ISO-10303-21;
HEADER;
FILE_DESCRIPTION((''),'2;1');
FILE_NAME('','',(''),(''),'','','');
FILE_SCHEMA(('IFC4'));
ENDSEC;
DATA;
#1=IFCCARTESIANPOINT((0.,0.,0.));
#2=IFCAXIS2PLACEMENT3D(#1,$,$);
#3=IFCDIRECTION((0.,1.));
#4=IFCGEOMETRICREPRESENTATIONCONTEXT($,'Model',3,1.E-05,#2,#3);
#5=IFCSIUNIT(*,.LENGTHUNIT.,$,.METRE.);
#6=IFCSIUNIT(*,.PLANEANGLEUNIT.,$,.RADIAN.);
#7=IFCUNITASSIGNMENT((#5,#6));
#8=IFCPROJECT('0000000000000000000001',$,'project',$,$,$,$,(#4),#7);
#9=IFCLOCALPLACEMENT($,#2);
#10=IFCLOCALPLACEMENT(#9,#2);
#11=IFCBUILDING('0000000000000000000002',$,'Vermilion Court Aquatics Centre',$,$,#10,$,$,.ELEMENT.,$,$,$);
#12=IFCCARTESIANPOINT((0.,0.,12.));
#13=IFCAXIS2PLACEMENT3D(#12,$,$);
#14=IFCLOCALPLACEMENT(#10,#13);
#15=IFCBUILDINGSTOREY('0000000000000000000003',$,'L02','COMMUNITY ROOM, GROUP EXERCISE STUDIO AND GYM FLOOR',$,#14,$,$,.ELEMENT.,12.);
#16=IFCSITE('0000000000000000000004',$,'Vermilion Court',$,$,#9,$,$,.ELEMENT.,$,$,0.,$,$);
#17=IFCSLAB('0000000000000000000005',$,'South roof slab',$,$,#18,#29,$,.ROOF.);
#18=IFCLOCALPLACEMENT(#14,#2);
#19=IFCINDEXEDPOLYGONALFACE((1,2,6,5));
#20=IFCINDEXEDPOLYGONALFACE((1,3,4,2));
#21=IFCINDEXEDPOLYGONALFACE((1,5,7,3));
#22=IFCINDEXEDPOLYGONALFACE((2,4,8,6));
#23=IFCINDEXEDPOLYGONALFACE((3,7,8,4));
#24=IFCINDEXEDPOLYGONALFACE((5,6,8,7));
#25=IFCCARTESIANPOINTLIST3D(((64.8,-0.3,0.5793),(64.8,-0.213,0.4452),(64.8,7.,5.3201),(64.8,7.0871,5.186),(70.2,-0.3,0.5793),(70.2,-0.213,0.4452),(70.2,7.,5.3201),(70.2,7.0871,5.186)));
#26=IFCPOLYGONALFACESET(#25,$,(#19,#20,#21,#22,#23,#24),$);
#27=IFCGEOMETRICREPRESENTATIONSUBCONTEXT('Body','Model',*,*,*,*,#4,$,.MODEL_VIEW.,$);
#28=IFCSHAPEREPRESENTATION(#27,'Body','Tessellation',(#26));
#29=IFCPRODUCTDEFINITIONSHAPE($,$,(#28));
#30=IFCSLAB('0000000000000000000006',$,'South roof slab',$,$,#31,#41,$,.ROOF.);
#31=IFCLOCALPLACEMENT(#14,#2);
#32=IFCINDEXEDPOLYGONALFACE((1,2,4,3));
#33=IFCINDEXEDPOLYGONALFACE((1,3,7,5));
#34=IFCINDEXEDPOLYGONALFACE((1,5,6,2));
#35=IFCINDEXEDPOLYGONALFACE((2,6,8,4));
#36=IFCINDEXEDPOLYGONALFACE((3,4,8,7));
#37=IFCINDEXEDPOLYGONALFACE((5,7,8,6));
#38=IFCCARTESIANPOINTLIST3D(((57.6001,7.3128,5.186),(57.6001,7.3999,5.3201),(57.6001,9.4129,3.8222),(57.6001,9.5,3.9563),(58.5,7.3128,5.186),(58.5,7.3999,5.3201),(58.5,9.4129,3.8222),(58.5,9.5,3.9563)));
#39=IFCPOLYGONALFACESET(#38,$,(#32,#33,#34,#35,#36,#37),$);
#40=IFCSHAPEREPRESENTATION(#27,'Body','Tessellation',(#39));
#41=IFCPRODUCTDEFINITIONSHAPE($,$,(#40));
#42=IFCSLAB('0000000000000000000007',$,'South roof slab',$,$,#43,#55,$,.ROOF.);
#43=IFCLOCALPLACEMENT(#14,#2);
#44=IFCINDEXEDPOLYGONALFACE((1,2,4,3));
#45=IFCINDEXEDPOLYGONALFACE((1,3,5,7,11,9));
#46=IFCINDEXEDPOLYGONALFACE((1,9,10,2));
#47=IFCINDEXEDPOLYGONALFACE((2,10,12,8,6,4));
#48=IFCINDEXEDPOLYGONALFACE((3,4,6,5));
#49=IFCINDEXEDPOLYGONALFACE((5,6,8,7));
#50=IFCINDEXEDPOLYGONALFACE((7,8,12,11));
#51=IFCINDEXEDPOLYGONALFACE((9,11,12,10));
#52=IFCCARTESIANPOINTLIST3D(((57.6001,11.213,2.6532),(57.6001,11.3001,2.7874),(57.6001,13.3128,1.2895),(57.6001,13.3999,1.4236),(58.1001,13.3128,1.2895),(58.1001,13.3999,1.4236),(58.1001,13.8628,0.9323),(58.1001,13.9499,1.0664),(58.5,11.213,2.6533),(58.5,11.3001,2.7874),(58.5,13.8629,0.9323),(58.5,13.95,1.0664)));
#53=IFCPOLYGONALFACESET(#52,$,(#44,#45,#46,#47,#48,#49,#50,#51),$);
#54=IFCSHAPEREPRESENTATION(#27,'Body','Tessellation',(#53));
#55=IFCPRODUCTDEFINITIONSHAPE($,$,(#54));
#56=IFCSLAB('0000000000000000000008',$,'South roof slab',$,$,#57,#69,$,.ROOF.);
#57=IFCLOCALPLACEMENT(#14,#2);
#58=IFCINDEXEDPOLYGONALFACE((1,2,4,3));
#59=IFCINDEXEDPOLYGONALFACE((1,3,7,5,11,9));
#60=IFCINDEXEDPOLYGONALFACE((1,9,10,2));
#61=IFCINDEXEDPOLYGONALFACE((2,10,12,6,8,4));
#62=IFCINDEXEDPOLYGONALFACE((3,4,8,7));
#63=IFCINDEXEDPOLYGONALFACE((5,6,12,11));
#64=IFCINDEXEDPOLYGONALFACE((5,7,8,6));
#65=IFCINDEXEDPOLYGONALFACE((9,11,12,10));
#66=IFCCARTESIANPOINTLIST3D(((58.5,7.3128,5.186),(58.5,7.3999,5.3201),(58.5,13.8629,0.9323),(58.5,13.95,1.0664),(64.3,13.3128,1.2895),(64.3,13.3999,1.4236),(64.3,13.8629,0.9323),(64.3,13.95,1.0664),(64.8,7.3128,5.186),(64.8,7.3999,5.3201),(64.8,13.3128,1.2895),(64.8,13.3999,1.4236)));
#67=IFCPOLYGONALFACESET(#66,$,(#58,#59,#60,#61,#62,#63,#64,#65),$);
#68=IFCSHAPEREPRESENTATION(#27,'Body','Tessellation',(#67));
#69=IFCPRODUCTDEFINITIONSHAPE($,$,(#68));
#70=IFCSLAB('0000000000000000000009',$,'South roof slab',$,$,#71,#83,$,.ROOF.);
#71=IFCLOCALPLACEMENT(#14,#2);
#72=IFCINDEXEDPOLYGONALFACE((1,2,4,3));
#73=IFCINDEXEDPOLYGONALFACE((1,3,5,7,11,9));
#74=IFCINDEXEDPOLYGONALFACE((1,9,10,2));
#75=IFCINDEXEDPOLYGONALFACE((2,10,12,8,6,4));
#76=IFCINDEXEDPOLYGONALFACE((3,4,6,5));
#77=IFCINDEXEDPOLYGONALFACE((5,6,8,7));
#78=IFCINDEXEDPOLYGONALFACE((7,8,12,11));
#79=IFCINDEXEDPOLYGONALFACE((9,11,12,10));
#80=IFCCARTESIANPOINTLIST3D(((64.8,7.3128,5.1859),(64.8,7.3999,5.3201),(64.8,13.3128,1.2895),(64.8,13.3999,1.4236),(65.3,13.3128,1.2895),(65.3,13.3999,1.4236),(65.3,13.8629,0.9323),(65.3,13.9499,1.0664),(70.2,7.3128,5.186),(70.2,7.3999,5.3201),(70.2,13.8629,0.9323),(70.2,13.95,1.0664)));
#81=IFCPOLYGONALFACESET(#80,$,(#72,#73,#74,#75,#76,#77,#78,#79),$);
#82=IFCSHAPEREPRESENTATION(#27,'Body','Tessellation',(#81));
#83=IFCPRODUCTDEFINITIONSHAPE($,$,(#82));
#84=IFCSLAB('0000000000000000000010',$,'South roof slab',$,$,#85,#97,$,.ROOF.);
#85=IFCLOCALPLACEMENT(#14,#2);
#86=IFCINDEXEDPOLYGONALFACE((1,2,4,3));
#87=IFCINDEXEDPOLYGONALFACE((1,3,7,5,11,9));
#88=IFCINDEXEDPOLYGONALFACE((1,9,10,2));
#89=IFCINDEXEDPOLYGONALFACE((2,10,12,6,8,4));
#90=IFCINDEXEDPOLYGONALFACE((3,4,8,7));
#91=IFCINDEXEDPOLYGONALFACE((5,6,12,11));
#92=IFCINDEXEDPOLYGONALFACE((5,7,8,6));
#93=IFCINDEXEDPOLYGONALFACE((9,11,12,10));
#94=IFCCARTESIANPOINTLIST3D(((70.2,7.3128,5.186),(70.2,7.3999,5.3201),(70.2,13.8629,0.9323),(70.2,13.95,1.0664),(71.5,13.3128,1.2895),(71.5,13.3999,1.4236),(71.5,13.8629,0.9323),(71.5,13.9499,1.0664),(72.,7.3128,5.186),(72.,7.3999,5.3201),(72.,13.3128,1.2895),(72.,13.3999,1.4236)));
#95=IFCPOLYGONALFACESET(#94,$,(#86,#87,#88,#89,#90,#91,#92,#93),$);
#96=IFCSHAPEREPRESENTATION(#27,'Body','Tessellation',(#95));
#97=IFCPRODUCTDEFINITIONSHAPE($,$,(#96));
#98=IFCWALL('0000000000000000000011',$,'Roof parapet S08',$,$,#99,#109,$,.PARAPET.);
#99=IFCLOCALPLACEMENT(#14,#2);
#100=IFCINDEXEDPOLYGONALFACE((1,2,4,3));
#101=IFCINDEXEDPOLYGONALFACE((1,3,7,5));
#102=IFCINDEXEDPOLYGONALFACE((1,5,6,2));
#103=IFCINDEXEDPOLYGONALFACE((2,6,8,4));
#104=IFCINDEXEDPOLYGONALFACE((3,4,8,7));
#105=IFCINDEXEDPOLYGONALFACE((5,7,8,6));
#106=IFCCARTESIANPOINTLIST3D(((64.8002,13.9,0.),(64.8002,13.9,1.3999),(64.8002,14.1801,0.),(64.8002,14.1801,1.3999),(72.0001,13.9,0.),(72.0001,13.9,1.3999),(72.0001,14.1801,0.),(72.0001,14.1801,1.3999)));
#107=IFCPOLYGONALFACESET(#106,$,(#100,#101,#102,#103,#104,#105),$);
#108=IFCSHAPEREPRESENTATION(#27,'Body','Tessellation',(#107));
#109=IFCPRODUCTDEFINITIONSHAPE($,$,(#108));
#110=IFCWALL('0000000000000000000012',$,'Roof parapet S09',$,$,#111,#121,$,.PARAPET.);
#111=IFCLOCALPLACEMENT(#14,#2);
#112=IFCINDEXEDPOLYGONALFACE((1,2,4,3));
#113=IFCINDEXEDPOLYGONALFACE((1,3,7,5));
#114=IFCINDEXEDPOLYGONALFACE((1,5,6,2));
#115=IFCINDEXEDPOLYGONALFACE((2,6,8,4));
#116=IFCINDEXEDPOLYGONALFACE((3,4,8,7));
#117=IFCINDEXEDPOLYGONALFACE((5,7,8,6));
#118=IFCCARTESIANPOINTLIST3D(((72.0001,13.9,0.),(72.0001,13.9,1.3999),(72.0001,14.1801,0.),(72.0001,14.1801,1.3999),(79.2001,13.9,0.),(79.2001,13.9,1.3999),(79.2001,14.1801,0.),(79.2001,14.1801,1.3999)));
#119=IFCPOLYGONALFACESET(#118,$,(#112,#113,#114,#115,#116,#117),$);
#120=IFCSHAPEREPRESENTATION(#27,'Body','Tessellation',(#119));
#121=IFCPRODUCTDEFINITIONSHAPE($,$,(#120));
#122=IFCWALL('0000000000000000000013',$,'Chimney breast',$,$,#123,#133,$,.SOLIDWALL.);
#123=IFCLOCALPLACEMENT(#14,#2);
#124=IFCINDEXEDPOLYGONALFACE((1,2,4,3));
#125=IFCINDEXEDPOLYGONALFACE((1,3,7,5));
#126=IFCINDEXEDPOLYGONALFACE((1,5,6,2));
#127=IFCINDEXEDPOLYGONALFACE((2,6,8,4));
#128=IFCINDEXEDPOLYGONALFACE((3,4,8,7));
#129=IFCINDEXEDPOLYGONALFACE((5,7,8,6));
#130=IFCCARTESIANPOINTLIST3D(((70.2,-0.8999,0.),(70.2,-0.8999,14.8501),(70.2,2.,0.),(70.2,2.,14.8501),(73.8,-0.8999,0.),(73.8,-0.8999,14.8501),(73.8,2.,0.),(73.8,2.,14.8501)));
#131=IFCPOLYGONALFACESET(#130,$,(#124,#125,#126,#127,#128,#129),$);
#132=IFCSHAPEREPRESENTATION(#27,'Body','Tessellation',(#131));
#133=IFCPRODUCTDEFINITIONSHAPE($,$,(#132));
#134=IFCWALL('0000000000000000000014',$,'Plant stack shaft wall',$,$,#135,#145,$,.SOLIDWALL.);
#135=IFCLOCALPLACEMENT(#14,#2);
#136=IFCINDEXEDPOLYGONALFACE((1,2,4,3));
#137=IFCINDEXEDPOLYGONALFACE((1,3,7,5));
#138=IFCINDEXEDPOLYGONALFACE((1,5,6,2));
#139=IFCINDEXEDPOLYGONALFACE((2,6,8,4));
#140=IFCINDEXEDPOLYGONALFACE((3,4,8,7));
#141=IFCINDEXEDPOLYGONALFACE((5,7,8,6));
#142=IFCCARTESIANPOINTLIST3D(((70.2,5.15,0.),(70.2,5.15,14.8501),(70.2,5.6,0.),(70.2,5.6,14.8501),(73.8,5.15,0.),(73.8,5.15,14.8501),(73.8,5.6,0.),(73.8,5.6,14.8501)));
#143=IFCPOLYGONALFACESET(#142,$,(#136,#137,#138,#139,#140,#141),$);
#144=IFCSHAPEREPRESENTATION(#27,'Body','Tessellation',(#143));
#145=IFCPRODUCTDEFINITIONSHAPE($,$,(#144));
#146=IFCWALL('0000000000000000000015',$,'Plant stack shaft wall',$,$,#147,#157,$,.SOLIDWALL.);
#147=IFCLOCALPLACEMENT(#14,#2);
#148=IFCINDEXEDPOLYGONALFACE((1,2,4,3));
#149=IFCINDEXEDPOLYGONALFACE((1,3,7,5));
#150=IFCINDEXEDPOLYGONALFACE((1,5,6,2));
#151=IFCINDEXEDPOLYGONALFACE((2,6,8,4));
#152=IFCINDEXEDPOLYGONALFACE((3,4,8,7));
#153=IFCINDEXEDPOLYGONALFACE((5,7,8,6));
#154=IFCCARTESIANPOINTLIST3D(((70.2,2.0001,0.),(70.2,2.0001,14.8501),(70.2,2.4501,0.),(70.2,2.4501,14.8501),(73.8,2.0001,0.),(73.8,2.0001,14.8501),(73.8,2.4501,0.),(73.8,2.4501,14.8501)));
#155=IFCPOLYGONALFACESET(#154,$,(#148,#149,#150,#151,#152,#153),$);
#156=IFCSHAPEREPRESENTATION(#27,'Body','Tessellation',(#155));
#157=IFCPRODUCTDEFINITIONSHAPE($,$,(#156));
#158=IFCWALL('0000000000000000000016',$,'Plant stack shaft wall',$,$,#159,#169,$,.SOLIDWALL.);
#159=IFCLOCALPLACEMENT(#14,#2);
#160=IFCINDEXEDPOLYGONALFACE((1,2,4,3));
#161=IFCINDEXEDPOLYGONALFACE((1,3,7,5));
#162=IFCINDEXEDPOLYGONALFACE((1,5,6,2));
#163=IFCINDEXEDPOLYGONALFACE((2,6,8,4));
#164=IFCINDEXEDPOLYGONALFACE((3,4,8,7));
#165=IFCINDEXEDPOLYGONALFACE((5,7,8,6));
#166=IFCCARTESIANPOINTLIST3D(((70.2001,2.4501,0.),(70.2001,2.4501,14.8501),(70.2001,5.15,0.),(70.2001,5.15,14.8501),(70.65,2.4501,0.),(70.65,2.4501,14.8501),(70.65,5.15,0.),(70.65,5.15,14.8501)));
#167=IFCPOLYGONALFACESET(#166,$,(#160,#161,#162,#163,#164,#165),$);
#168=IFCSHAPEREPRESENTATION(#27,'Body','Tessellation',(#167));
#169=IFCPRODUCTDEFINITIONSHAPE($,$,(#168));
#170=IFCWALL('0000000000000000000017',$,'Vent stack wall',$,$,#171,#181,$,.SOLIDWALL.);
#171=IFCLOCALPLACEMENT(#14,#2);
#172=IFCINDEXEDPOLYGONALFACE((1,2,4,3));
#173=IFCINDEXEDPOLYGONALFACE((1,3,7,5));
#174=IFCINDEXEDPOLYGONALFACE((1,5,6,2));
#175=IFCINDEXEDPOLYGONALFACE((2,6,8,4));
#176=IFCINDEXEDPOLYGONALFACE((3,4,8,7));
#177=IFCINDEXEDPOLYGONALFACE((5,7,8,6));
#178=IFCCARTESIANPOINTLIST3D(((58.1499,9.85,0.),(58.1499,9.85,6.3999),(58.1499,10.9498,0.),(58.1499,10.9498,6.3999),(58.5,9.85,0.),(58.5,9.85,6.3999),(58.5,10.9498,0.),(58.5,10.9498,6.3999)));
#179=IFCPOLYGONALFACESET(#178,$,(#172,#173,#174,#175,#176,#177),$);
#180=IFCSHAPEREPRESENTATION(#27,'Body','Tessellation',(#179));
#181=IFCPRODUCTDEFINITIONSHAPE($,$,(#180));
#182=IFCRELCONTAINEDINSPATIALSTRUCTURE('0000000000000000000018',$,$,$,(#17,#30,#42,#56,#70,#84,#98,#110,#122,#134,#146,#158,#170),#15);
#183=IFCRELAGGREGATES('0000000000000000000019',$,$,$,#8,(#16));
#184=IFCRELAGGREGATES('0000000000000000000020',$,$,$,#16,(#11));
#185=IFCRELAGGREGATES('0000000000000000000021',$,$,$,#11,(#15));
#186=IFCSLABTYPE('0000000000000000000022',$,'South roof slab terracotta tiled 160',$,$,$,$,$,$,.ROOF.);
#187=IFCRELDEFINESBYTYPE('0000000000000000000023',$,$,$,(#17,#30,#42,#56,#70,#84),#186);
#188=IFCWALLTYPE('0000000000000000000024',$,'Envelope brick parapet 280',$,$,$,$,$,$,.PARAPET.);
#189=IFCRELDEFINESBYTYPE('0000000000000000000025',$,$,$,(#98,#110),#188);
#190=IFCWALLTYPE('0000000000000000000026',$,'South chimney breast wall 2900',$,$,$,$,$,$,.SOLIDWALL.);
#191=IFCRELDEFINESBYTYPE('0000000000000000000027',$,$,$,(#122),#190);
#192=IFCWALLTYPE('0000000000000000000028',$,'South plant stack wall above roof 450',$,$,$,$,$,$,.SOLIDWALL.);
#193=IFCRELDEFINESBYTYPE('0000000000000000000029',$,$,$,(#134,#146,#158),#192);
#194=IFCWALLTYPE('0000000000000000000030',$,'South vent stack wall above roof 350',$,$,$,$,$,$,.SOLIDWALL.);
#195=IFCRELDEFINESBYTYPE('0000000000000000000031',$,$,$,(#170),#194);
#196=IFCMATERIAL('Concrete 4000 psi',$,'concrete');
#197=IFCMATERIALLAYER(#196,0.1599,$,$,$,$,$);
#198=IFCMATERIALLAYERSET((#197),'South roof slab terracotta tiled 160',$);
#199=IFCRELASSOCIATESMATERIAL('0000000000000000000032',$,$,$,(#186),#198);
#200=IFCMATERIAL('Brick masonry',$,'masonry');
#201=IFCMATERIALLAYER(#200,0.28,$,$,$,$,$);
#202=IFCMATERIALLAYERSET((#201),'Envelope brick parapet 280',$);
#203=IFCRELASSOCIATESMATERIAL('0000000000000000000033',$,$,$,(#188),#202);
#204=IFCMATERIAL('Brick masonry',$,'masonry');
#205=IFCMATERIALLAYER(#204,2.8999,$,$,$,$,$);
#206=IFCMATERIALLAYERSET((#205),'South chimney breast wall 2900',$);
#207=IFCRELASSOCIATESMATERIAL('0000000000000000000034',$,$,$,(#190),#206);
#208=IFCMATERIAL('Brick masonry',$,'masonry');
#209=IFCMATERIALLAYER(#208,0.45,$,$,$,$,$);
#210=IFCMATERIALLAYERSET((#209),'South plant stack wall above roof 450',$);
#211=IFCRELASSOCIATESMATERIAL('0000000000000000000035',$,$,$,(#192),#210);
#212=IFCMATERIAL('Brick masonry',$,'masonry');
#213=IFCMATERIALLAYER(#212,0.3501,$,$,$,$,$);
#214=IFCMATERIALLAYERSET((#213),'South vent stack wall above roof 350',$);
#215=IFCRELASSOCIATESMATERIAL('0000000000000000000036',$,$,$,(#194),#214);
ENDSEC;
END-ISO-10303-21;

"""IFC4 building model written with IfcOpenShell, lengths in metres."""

from ifc_helpers import new_model, si_unit, direction, frame, frame_2d, origin, place, context, subcontext, project, spatial, polyline, rectangle, outline, extrude, material, layer, layer_set, type_object, element, save


model = new_model("IFC4")

# Units and contexts
model_context = context("Model", 3, precision=1e-05, world=origin(), true_north=direction((0.0, 1.0)))
body_context = subcontext(model_context, "Body", "Model", "MODEL_VIEW")
ifc_project = project(units=[si_unit("LENGTHUNIT", "METRE"), si_unit("PLANEANGLEUNIT", "RADIAN")], contexts=[model_context])

# Site, building, storey
site_placement = place(None, origin())
site = spatial("IfcSite", under=ifc_project, at=site_placement, Name="Vermilion Court", CompositionType="ELEMENT", RefElevation=0.0)
building_placement = place(site_placement, origin())
building = spatial("IfcBuilding", under=site, at=building_placement, Name="Vermilion Court Aquatics Centre", CompositionType="ELEMENT")
storey_placement = place(building_placement, frame((0.0, 0.0, 12.0)))
storey = spatial("IfcBuildingStorey", under=building, at=storey_placement, Name="L02", Description="COMMUNITY ROOM, GROUP EXERCISE STUDIO AND GYM FLOOR", CompositionType="ELEMENT", Elevation=12.0)

# Slabs
ifc_material_1 = material(Name="Concrete 4000 psi", Category="concrete")
ifc_layer_1 = layer(ifc_material_1, 0.1599)
ifc_layer_set_1 = layer_set([ifc_layer_1], Name="South roof slab terracotta tiled 160")
slab_type_1 = type_object("IfcSlabType", Name="South roof slab terracotta tiled 160", PredefinedType="ROOF", material=ifc_layer_set_1)
slab_1_placement = place(storey_placement, frame((70.2, -0.3, 0.5793), z_axis=(0.0, -0.54464, 0.83867), x_axis=(-1.0, 0.0, 0.0)))
element("IfcSlab", 1, at=slab_1_placement, inside=storey, type_object=slab_type_1, Name="South roof slab", PredefinedType="ROOF", context=body_context, shape_type="SweptSolid", body=[
    extrude(outline(polyline([(0.0, 0.0), (5.3999, 0.0), (5.3999, -8.7043), (0.0, -8.7043), (0.0, 0.0)])), origin(), (0.0, 0.0, -1.0), 0.1599),
])
slab_2_placement = place(storey_placement, frame((58.5, 7.3999, 5.3201), z_axis=(0.0, 0.544625, 0.83868), x_axis=(-1.0, 0.0, 0.0)))
element("IfcSlab", 2, at=slab_2_placement, inside=storey, type_object=slab_type_1, Name="South roof slab", PredefinedType="ROOF", context=body_context, shape_type="SweptSolid", body=[
    extrude(outline(polyline([(0.0, 0.0), (0.8999, 0.0), (0.8999, -2.5041), (0.0, -2.5041), (0.0, 0.0)])), origin(), (0.0, 0.0, -1.0), 0.1599),
])
slab_3_placement = place(storey_placement, frame((58.5, 13.95, 1.0664), z_axis=(-0.000024, 0.544663, 0.838655), x_axis=(0.0, -0.838655, 0.544663)))
element("IfcSlab", 3, at=slab_3_placement, inside=storey, type_object=slab_type_1, Name="South roof slab", PredefinedType="ROOF", context=body_context, shape_type="SweptSolid", body=[
    extrude(outline(polyline([(0.0, 0.0), (3.1597, 0.0), (3.1597, -0.8999), (0.6558, -0.8999), (0.6558, -0.3999), (0.0, -0.3999), (0.0, 0.0)])), origin(), (0.0, 0.0, -1.0), 0.1599),
])
slab_4_placement = place(storey_placement, frame((64.8, 7.3999, 5.3201), z_axis=(0.000002, 0.54464, 0.83867), x_axis=(-1.0, 0.000001, 0.000002)))
element("IfcSlab", 4, at=slab_4_placement, inside=storey, type_object=slab_type_1, Name="South roof slab", PredefinedType="ROOF", context=body_context, shape_type="SweptSolid", body=[
    extrude(outline(polyline([(0.0, 0.0), (6.3, 0.0), (6.3, -7.81), (0.5, -7.81), (0.5, -7.1542), (0.0, -7.1542), (0.0, 0.0)])), origin(), (0.0, 0.0, -1.0), 0.1599),
])
slab_5_placement = place(storey_placement, frame((70.2, 13.95, 1.0664), z_axis=(-0.000002, 0.54464, 0.83867), x_axis=(0.0, -0.83867, 0.54464)))
element("IfcSlab", 5, at=slab_5_placement, inside=storey, type_object=slab_type_1, Name="South roof slab", PredefinedType="ROOF", context=body_context, shape_type="SweptSolid", body=[
    extrude(outline(polyline([(0.0, 0.0), (7.81, 0.0), (7.81, -5.3999), (0.6558, -5.3999), (0.6558, -4.8999), (0.0, -4.8999), (0.0, 0.0)])), origin(), (0.0, 0.0, -1.0), 0.1599),
])
slab_6_placement = place(storey_placement, frame((72.0, 7.3999, 5.3201), z_axis=(0.000007, 0.544641, 0.838669), x_axis=(-1.0, 0.000004, 0.000006)))
element("IfcSlab", 6, at=slab_6_placement, inside=storey, type_object=slab_type_1, Name="South roof slab", PredefinedType="ROOF", context=body_context, shape_type="SweptSolid", body=[
    extrude(outline(polyline([(0.0, 0.0), (1.8, 0.0), (1.8, -7.81), (0.5, -7.81), (0.5, -7.1542), (0.0, -7.1542), (0.0, 0.0)])), origin(), (0.0, 0.0, -1.0), 0.1599),
])

# Walls
ifc_material_2 = material(Name="Brick masonry", Category="masonry")
ifc_layer_2 = layer(ifc_material_2, 0.28)
ifc_layer_set_2 = layer_set([ifc_layer_2], Name="Envelope brick parapet 280")
wall_type_1 = type_object("IfcWallType", Name="Envelope brick parapet 280", PredefinedType="PARAPET", material=ifc_layer_set_2)
for number, where, z_axis, x_axis, name in (
    (7, (64.8, 14.04, 0.0), (0.0, 0.0, 1.0), (1.0, 0.0, 0.0), "Roof parapet S08"),
    (8, (72.0, 14.04, 0.0), (0.0, 0.0, 1.0), (1.0, 0.0, 0.0), "Roof parapet S09"),
):
    element("IfcWall", number, at=place(storey_placement, frame(where, z_axis=z_axis, x_axis=x_axis)), inside=storey, type_object=wall_type_1, Name=name, PredefinedType="PARAPET", context=body_context, shape_type="SweptSolid", body=[
        extrude(rectangle(XDim=7.2, YDim=0.28, at=frame_2d((3.6001, 0.0))), origin(), (0.0, 0.0, 1.0), 1.3999),
    ])
ifc_material_3 = material(Name="Brick masonry", Category="masonry")
ifc_layer_3 = layer(ifc_material_3, 2.8999)
ifc_layer_set_3 = layer_set([ifc_layer_3], Name="South chimney breast wall 2900")
wall_type_2 = type_object("IfcWallType", Name="South chimney breast wall 2900", PredefinedType="SOLIDWALL", material=ifc_layer_set_3)
wall_1_placement = place(storey_placement, frame((70.2, 0.55, 0.0), z_axis=(0.0, 0.0, 1.0), x_axis=(1.0, 0.0, 0.0)))
element("IfcWall", 9, at=wall_1_placement, inside=storey, type_object=wall_type_2, Name="Chimney breast", PredefinedType="SOLIDWALL", context=body_context, shape_type="SweptSolid", body=[
    extrude(rectangle(XDim=3.6001, YDim=2.8999, at=frame_2d((1.8, 0.0))), origin(), (0.0, 0.0, 1.0), 14.8501),
])
ifc_material_4 = material(Name="Brick masonry", Category="masonry")
ifc_layer_4 = layer(ifc_material_4, 0.45)
ifc_layer_set_4 = layer_set([ifc_layer_4], Name="South plant stack wall above roof 450")
wall_type_3 = type_object("IfcWallType", Name="South plant stack wall above roof 450", PredefinedType="SOLIDWALL", material=ifc_layer_set_4)
for number, where, z_axis, x_axis, name in (
    (10, (70.2, 5.375, 0.0), (0.0, 0.0, 1.0), (1.0, 0.0, 0.0), "Plant stack shaft wall"),
    (11, (70.2, 2.2251, 0.0), (0.0, 0.0, 1.0), (1.0, 0.0, 0.0), "Plant stack shaft wall"),
):
    element("IfcWall", number, at=place(storey_placement, frame(where, z_axis=z_axis, x_axis=x_axis)), inside=storey, type_object=wall_type_3, Name=name, PredefinedType="SOLIDWALL", context=body_context, shape_type="SweptSolid", body=[
        extrude(rectangle(XDim=3.6001, YDim=0.45, at=frame_2d((1.8, 0.0))), origin(), (0.0, 0.0, 1.0), 14.8501),
    ])
wall_2_placement = place(storey_placement, frame((70.425, 2.45, 0.0), z_axis=(0.0, 0.0, 1.0), x_axis=(0.0, 1.0, 0.0)))
element("IfcWall", 12, at=wall_2_placement, inside=storey, type_object=wall_type_3, Name="Plant stack shaft wall", PredefinedType="SOLIDWALL", context=body_context, shape_type="SweptSolid", body=[
    extrude(rectangle(XDim=2.7, YDim=0.45, at=frame_2d((1.3501, 0.0))), origin(), (0.0, 0.0, 1.0), 14.8501),
])
ifc_material_5 = material(Name="Brick masonry", Category="masonry")
ifc_layer_5 = layer(ifc_material_5, 0.3501)
ifc_layer_set_5 = layer_set([ifc_layer_5], Name="South vent stack wall above roof 350")
wall_type_4 = type_object("IfcWallType", Name="South vent stack wall above roof 350", PredefinedType="SOLIDWALL", material=ifc_layer_set_5)
wall_3_placement = place(storey_placement, frame((58.325, 9.8501, 0.0), z_axis=(0.0, 0.0, 1.0), x_axis=(0.0, 1.0, 0.0)))
element("IfcWall", 13, at=wall_3_placement, inside=storey, type_object=wall_type_4, Name="Vent stack wall", PredefinedType="SOLIDWALL", context=body_context, shape_type="SweptSolid", body=[
    extrude(rectangle(XDim=1.0999, YDim=0.3501, at=frame_2d((0.5498, 0.0))), origin(), (0.0, 0.0, 1.0), 6.3999),
])

save(model, "model.ifc")
